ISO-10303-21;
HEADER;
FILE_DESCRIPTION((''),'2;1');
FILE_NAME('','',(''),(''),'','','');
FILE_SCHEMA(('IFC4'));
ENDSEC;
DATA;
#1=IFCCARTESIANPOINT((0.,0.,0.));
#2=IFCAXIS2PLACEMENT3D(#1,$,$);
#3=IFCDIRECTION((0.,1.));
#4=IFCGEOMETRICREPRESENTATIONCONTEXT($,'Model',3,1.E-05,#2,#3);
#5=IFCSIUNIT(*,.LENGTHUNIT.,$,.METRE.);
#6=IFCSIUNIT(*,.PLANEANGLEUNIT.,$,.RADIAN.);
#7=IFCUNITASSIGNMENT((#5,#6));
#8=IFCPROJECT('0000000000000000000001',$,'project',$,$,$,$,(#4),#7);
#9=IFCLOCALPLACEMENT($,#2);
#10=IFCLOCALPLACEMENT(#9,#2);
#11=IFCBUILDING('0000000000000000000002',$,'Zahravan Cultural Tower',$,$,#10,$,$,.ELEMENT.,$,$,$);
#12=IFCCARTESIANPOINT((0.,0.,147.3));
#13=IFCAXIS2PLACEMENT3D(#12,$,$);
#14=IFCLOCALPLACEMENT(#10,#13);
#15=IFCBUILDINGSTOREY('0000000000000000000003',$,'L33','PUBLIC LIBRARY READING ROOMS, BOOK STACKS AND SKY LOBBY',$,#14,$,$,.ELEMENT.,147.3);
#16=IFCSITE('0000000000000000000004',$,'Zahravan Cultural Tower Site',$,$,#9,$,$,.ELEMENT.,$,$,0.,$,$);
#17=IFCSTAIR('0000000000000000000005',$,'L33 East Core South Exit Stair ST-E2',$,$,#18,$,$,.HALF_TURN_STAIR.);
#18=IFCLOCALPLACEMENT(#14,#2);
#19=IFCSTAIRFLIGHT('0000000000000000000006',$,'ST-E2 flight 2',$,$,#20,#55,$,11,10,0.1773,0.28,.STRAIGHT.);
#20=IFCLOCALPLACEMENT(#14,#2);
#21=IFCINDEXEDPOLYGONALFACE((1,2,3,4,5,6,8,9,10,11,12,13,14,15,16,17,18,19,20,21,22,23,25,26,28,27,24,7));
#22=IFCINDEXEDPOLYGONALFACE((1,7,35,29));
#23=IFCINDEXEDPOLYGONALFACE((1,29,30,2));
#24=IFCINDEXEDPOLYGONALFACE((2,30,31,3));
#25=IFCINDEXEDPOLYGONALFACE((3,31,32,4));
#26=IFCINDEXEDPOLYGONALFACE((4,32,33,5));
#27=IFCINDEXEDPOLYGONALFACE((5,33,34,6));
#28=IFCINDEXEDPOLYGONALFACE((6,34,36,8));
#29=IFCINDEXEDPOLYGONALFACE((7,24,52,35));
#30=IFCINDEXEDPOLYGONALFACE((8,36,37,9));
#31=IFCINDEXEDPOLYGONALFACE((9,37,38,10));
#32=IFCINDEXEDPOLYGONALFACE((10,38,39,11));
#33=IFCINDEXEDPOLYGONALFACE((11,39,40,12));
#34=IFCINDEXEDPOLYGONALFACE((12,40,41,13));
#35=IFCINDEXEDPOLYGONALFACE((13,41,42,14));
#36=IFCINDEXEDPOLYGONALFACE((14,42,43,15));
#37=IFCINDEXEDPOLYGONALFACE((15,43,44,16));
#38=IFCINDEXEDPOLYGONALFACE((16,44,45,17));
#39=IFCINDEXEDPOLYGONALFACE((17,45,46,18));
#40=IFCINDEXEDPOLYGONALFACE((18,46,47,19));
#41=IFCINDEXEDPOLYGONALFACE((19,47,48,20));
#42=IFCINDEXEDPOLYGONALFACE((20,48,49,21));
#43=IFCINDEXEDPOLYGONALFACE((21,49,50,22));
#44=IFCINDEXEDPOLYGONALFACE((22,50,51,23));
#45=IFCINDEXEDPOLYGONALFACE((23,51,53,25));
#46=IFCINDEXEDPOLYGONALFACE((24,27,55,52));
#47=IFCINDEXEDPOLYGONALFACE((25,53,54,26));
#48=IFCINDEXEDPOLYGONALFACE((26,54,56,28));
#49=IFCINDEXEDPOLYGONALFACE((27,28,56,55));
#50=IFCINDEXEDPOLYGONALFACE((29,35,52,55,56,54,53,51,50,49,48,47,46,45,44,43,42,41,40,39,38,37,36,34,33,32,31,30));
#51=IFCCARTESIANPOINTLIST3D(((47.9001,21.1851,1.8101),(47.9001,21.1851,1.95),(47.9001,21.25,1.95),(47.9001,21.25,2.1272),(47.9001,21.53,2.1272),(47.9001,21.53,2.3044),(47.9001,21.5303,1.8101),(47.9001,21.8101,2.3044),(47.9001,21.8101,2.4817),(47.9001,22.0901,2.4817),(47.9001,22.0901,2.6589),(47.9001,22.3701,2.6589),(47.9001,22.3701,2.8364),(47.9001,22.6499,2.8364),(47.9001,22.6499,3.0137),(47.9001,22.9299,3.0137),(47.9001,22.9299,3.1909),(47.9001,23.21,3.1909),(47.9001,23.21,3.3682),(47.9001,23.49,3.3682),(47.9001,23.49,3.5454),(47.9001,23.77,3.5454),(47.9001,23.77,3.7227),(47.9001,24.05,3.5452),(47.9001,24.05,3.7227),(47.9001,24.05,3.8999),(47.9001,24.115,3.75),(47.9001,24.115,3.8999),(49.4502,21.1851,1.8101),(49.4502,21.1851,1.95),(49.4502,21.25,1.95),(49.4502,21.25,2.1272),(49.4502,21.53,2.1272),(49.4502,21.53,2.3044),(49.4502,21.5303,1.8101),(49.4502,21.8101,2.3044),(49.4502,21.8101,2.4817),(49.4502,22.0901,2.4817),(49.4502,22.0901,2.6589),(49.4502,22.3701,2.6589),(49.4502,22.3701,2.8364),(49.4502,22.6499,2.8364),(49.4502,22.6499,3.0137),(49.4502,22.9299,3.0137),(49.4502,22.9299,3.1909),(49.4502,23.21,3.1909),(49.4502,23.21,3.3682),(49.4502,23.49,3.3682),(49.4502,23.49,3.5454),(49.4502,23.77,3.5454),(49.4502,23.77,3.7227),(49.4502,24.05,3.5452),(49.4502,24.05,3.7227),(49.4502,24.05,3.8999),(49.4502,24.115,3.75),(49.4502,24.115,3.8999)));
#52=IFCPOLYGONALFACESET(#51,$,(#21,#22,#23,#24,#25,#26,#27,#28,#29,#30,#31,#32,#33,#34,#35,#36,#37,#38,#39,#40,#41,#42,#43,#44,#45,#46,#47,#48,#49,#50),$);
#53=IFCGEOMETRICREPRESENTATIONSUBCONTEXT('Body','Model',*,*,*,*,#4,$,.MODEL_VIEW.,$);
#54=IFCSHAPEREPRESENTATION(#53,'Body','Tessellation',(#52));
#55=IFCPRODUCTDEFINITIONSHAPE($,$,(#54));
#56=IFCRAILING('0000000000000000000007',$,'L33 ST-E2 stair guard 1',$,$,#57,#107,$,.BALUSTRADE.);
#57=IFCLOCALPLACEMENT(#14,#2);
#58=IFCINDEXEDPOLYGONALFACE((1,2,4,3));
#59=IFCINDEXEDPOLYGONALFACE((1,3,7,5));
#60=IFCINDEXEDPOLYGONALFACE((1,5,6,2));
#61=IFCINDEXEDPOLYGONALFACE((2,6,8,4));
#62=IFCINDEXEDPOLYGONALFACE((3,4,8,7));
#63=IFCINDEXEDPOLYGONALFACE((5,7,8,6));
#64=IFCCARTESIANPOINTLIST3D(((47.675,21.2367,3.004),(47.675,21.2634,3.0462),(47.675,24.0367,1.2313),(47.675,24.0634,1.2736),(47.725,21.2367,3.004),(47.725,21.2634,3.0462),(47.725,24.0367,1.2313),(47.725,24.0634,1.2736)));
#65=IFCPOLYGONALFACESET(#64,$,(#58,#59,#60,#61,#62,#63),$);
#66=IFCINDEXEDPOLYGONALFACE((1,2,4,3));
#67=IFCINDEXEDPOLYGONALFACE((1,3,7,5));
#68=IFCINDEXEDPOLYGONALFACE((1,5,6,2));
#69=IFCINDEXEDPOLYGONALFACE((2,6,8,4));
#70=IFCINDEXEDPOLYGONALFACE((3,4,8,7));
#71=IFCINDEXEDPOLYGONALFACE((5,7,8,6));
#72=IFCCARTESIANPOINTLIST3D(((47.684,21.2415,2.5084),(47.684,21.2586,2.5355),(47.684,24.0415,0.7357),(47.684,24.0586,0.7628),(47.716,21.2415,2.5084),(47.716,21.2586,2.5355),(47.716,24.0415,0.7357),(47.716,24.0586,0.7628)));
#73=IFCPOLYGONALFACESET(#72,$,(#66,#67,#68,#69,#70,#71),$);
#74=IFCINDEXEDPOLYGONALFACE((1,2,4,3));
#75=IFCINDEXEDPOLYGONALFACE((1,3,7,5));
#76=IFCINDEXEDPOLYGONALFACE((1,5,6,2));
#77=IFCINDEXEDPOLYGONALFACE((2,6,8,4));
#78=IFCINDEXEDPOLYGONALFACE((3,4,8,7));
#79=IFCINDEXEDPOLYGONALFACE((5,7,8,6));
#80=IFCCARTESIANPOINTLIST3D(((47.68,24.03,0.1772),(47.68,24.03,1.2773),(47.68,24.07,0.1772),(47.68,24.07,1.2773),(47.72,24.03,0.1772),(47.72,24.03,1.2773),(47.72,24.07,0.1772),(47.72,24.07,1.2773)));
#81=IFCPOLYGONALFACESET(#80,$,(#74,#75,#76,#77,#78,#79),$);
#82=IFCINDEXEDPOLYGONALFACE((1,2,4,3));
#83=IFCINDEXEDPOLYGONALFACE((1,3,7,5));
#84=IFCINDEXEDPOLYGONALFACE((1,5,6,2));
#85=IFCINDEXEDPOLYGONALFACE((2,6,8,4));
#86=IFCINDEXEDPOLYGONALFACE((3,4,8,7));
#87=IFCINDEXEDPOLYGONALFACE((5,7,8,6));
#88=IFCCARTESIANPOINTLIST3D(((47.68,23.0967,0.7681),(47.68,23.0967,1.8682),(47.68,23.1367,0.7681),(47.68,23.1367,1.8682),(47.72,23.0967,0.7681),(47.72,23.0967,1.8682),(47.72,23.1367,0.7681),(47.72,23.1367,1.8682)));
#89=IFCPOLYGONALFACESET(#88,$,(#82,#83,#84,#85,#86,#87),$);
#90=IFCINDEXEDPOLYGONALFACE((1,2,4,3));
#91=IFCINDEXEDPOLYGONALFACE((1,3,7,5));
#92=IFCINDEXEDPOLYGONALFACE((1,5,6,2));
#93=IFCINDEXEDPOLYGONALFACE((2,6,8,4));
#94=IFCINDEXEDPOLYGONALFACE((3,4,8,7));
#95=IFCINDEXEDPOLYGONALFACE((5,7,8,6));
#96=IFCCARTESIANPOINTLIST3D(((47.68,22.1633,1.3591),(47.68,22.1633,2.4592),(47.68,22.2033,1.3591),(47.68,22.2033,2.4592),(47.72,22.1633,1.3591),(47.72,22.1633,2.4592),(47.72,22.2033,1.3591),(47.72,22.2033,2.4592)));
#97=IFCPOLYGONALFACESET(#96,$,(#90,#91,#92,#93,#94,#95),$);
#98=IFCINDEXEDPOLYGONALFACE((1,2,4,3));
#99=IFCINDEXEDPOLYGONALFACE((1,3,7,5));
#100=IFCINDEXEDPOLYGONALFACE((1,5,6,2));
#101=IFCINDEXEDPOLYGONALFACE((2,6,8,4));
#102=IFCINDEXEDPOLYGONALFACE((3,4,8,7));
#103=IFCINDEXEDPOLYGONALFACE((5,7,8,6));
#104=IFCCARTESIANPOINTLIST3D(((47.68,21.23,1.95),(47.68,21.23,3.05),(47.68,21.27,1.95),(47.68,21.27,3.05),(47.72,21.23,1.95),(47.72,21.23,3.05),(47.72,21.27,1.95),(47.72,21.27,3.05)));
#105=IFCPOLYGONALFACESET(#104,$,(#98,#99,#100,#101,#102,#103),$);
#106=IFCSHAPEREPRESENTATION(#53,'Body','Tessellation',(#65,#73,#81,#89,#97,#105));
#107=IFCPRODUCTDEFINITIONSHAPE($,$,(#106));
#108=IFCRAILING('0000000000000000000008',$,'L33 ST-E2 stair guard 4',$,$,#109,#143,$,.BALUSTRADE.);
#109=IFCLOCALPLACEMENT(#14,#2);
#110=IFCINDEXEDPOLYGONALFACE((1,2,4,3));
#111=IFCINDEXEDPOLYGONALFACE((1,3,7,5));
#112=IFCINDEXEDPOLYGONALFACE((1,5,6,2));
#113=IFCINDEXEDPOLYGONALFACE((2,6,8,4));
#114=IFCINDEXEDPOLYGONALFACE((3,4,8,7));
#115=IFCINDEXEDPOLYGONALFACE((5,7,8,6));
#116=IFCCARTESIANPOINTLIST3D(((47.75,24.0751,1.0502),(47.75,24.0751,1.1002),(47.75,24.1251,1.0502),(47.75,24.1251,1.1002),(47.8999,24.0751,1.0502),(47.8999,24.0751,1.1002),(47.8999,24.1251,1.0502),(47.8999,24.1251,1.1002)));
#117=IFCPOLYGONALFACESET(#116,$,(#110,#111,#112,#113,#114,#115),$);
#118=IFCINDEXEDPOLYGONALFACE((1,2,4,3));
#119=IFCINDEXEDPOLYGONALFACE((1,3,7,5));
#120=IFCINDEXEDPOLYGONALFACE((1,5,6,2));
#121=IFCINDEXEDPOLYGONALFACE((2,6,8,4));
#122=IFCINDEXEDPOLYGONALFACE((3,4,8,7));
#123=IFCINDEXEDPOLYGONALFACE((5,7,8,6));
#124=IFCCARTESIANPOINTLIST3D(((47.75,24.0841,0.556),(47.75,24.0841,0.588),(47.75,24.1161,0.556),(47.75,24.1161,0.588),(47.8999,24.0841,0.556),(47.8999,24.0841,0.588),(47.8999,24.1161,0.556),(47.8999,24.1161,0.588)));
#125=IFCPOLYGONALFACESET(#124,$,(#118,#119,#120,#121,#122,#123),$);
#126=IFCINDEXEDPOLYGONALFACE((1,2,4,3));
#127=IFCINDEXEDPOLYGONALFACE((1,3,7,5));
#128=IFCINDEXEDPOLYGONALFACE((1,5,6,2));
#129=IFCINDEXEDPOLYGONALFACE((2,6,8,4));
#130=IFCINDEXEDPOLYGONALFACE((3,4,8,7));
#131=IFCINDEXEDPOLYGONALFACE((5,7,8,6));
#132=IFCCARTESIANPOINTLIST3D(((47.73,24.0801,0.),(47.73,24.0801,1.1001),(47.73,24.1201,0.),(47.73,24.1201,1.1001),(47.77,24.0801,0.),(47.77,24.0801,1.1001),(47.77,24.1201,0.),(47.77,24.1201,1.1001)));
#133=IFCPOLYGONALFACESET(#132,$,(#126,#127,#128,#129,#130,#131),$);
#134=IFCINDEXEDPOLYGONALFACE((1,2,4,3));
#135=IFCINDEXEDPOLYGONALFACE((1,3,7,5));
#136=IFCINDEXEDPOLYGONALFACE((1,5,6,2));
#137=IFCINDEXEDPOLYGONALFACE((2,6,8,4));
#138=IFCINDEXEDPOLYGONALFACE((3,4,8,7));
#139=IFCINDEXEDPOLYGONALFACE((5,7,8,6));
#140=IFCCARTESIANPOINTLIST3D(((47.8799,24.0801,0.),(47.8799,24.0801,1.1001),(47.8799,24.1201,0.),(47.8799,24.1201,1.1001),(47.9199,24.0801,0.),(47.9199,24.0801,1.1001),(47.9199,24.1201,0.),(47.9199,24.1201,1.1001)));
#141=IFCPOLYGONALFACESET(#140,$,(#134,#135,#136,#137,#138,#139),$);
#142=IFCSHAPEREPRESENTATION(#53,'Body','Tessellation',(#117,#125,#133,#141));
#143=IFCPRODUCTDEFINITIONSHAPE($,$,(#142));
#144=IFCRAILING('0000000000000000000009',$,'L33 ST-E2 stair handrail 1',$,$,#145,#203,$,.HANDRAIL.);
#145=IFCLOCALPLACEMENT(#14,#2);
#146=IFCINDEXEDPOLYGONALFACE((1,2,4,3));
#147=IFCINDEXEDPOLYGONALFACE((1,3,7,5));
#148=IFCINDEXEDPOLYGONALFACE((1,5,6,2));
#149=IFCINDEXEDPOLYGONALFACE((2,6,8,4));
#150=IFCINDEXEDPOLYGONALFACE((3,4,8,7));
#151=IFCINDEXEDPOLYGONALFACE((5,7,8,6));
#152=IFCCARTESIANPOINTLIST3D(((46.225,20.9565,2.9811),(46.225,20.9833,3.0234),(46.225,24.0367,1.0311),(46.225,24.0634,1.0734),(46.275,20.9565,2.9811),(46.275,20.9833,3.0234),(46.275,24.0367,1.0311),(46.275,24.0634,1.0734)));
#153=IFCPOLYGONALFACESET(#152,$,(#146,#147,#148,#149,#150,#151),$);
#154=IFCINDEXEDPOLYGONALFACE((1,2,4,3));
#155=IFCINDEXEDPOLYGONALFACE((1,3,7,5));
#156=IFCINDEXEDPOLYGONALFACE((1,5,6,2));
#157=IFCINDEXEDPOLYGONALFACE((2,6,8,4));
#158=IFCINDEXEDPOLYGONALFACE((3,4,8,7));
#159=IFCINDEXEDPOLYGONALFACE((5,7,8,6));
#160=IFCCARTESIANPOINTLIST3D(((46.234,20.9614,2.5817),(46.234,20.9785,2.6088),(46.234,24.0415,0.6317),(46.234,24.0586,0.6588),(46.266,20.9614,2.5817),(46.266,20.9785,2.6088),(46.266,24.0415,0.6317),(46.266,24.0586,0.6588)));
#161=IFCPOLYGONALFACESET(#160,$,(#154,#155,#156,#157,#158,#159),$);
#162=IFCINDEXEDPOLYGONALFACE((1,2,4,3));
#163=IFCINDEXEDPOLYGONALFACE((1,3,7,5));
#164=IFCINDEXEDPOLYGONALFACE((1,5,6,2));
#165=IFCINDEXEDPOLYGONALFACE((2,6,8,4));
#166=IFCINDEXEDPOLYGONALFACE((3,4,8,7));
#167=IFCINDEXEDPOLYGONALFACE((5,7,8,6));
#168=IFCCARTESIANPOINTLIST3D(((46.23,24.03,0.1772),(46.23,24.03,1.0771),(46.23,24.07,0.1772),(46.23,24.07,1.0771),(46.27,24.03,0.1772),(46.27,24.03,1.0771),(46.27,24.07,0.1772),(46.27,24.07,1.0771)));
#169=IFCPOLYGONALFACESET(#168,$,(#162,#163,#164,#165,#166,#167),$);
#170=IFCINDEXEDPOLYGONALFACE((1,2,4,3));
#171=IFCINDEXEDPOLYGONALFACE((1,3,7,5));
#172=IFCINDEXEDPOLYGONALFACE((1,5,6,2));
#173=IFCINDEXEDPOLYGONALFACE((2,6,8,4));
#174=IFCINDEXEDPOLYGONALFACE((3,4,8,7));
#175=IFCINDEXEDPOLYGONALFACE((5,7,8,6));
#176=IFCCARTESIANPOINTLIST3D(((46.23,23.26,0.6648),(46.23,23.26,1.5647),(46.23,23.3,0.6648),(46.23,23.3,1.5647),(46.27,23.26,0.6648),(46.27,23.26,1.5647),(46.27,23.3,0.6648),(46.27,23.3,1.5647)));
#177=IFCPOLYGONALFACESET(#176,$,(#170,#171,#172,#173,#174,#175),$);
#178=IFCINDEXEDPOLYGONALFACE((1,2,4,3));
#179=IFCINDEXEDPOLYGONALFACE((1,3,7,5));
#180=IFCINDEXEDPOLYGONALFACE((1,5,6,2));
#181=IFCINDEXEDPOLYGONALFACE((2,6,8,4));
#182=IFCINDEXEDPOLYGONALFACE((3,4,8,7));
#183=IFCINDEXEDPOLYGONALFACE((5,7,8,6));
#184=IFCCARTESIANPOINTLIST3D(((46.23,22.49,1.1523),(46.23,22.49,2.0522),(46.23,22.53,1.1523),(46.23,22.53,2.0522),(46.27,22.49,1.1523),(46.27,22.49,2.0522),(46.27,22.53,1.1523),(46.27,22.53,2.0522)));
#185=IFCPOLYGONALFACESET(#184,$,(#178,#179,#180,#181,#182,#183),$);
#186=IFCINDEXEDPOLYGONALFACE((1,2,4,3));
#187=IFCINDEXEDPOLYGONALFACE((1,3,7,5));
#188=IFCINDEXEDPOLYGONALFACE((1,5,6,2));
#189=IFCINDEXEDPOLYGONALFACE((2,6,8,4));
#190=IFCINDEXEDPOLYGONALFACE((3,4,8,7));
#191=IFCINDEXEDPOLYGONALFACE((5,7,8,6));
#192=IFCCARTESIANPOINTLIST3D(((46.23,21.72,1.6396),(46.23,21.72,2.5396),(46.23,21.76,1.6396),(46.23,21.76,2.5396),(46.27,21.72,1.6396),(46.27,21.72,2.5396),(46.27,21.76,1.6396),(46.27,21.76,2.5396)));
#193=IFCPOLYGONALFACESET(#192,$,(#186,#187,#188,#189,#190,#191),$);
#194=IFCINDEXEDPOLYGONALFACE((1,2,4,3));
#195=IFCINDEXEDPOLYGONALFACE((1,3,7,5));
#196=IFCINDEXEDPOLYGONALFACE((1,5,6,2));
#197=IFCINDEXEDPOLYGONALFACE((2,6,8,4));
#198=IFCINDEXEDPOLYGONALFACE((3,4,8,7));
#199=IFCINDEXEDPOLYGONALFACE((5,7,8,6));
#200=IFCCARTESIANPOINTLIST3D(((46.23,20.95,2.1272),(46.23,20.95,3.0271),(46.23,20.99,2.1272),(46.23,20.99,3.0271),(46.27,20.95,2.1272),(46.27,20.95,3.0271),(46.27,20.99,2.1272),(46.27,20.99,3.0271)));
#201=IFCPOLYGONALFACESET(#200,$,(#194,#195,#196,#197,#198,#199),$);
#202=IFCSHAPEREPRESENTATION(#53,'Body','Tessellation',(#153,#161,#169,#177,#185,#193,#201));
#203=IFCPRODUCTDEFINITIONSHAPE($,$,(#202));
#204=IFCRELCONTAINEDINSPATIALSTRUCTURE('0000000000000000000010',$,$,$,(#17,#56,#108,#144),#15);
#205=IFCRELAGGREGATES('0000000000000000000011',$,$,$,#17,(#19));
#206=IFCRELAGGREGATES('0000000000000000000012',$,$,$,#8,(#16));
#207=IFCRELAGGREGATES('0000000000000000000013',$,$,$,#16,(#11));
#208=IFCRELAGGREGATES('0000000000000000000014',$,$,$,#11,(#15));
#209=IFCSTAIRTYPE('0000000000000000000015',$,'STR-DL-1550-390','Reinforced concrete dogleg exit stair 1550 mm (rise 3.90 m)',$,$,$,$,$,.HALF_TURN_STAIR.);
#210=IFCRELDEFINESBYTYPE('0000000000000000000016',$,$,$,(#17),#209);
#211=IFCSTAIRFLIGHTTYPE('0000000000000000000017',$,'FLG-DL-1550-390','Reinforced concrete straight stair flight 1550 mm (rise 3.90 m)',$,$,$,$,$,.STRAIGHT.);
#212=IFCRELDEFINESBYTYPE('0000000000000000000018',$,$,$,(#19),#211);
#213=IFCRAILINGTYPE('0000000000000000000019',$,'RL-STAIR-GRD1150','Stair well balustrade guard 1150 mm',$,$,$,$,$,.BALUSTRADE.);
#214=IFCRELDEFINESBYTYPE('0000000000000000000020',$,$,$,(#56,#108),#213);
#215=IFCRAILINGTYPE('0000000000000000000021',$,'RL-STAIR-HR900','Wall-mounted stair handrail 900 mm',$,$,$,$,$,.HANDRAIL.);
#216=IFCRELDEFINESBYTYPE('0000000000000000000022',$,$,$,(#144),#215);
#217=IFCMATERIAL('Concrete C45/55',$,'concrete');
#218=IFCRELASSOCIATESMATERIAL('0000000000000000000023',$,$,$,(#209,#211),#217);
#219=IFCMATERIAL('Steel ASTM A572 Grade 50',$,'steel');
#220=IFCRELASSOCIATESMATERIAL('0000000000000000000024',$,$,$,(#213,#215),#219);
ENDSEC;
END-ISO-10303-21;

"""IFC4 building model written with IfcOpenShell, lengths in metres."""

from ifc_helpers import new_model, si_unit, direction, frame, origin, origin_2d, place, context, subcontext, project, spatial, polyline, rectangle, outline, extrude, material, type_object, element, aggregate, save


model = new_model("IFC4")

# Units and contexts
model_context = context("Model", 3, precision=1e-05, world=origin(), true_north=direction((0.0, 1.0)))
body_context = subcontext(model_context, "Body", "Model", "MODEL_VIEW")
ifc_project = project(units=[si_unit("LENGTHUNIT", "METRE"), si_unit("PLANEANGLEUNIT", "RADIAN")], contexts=[model_context])

# Site, building, storey
site_placement = place(None, origin())
site = spatial("IfcSite", under=ifc_project, at=site_placement, Name="Zahravan Cultural Tower Site", CompositionType="ELEMENT", RefElevation=0.0)
building_placement = place(site_placement, origin())
building = spatial("IfcBuilding", under=site, at=building_placement, Name="Zahravan Cultural Tower", CompositionType="ELEMENT")
storey_placement = place(building_placement, frame((0.0, 0.0, 147.3)))
storey = spatial("IfcBuildingStorey", under=building, at=storey_placement, Name="L33", Description="PUBLIC LIBRARY READING ROOMS, BOOK STACKS AND SKY LOBBY", CompositionType="ELEMENT", Elevation=147.3)

# Shared definitions
ifc_material_1 = material(Name="Concrete C45/55", Category="concrete")

# Stair, stair flight
stair_type = type_object("IfcStairType", Name="STR-DL-1550-390", Description="Reinforced concrete dogleg exit stair 1550 mm (rise 3.90 m)", PredefinedType="HALF_TURN_STAIR", material=ifc_material_1)
stair_placement = place(storey_placement, origin())
stair = element("IfcStair", 1, at=stair_placement, inside=storey, type_object=stair_type, Name="L33 East Core South Exit Stair ST-E2", PredefinedType="HALF_TURN_STAIR")
stair_flight_type = type_object("IfcStairFlightType", Name="FLG-DL-1550-390", Description="Reinforced concrete straight stair flight 1550 mm (rise 3.90 m)", PredefinedType="STRAIGHT", material=ifc_material_1)
stair_flight_1_placement = place(storey_placement, frame((48.675, 21.25, 1.95), z_axis=(0.0, 0.0, 1.0), x_axis=(0.0, 1.0, 0.0)))
stair_flight_1 = element("IfcStairFlight", 2, at=stair_flight_1_placement, type_object=stair_flight_type, Name="ST-E2 flight 2", NumberOfRisers=11, NumberOfTreads=10, PredefinedType="STRAIGHT", RiserHeight=0.1773, TreadLength=0.28, context=body_context, shape_type="SweptSolid", body=[
    extrude(outline(polyline([(-0.0649, -0.1399), (-0.0649, 0.0), (0.0, 0.0), (0.0, 0.1772), (0.28, 0.1772), (0.28, 0.3545), (0.5601, 0.3545), (0.5601, 0.5317), (0.8401, 0.5317), (0.8401, 0.709), (1.1201, 0.709), (1.1201, 0.8865), (1.3999, 0.8865), (1.3999, 1.0637), (1.6799, 1.0637), (1.6799, 1.241), (1.96, 1.241), (1.96, 1.4182), (2.24, 1.4182), (2.24, 1.5955), (2.52, 1.5955), (2.52, 1.7727), (2.8, 1.7727), (2.8, 1.95), (2.865, 1.95), (2.865, 1.8), (2.8, 1.5952), (0.2803, -0.1399), (-0.0649, -0.1399)])), frame((0.0, 0.7749, 0.0), z_axis=(0.0, -1.0, 0.0), x_axis=(1.0, 0.0, 0.0)), (0.0, 0.0, 1.0), 1.55),
])
aggregate(stair, [stair_flight_1])

# Railings
ifc_material_2 = material(Name="Steel ASTM A572 Grade 50", Category="steel")
railing_type_1 = type_object("IfcRailingType", Name="RL-STAIR-GRD1150", Description="Stair well balustrade guard 1150 mm", PredefinedType="BALUSTRADE", material=ifc_material_2)
railing_1_placement = place(storey_placement, frame((47.7, 24.05, 0.1772)))
element("IfcRailing", 3, at=railing_1_placement, inside=storey, type_object=railing_type_1, Name="L33 ST-E2 stair guard 1", PredefinedType="BALUSTRADE", context=body_context, shape_type="SweptSolid", body=[
    extrude(rectangle(XDim=0.05, YDim=0.05, at=origin_2d()), frame((0.0, 0.0, 1.0752), z_axis=(0.0, -0.844909, 0.53491), x_axis=(1.0, 0.0, 0.0)), (0.0, 0.0, 1.0), 3.314),
    extrude(rectangle(XDim=0.032, YDim=0.032, at=origin_2d()), frame((0.0, 0.0, 0.572), z_axis=(0.0, -0.844909, 0.53491), x_axis=(1.0, 0.0, 0.0)), (0.0, 0.0, 1.0), 3.314),
    extrude(rectangle(XDim=0.04, YDim=0.04, at=origin_2d()), origin(), (0.0, 0.0, 1.0), 1.1001),
    extrude(rectangle(XDim=0.04, YDim=0.04, at=origin_2d()), frame((0.0, -0.9333, 0.5908)), (0.0, 0.0, 1.0), 1.1001),
    extrude(rectangle(XDim=0.04, YDim=0.04, at=origin_2d()), frame((0.0, -1.8667, 1.1819)), (0.0, 0.0, 1.0), 1.1001),
    extrude(rectangle(XDim=0.04, YDim=0.04, at=origin_2d()), frame((0.0, -2.8, 1.7727)), (0.0, 0.0, 1.0), 1.1001),
])
railing_2_placement = place(storey_placement, frame((47.75, 24.1001, 0.0)))
element("IfcRailing", 4, at=railing_2_placement, inside=storey, type_object=railing_type_1, Name="L33 ST-E2 stair guard 4", PredefinedType="BALUSTRADE", context=body_context, shape_type="SweptSolid", body=[
    extrude(rectangle(XDim=0.05, YDim=0.05, at=origin_2d()), frame((0.0, 0.0, 1.0752), z_axis=(1.0, 0.0, 0.0), x_axis=(0.0, 1.0, 0.0)), (0.0, 0.0, 1.0), 0.1499),
    extrude(rectangle(XDim=0.032, YDim=0.032, at=origin_2d()), frame((0.0, 0.0, 0.572), z_axis=(1.0, 0.0, 0.0), x_axis=(0.0, 1.0, 0.0)), (0.0, 0.0, 1.0), 0.1499),
    extrude(rectangle(XDim=0.04, YDim=0.04, at=origin_2d()), origin(), (0.0, 0.0, 1.0), 1.1001),
    extrude(rectangle(XDim=0.04, YDim=0.04, at=origin_2d()), frame((0.1499, 0.0, 0.0)), (0.0, 0.0, 1.0), 1.1001),
])
railing_type_2 = type_object("IfcRailingType", Name="RL-STAIR-HR900", Description="Wall-mounted stair handrail 900 mm", PredefinedType="HANDRAIL", material=ifc_material_2)
railing_3_placement = place(storey_placement, frame((46.25, 24.05, 0.1772)))
element("IfcRailing", 5, at=railing_3_placement, inside=storey, type_object=railing_type_2, Name="L33 ST-E2 stair handrail 1", PredefinedType="HANDRAIL", context=body_context, shape_type="SweptSolid", body=[
    extrude(rectangle(XDim=0.05, YDim=0.05, at=origin_2d()), frame((0.0, 0.0, 0.875), z_axis=(0.0, -0.844914, 0.534902), x_axis=(1.0, 0.0, 0.0)), (0.0, 0.0, 1.0), 3.6455),
    extrude(rectangle(XDim=0.032, YDim=0.032, at=origin_2d()), frame((0.0, 0.0, 0.468), z_axis=(0.0, -0.844914, 0.534902), x_axis=(1.0, 0.0, 0.0)), (0.0, 0.0, 1.0), 3.6455),
    extrude(rectangle(XDim=0.04, YDim=0.04, at=origin_2d()), origin(), (0.0, 0.0, 1.0), 0.8999),
    extrude(rectangle(XDim=0.04, YDim=0.04, at=origin_2d()), frame((0.0, -0.77, 0.4875)), (0.0, 0.0, 1.0), 0.8999),
    extrude(rectangle(XDim=0.04, YDim=0.04, at=origin_2d()), frame((0.0, -1.54, 0.9751)), (0.0, 0.0, 1.0), 0.8999),
    extrude(rectangle(XDim=0.04, YDim=0.04, at=origin_2d()), frame((0.0, -2.3101, 1.4624)), (0.0, 0.0, 1.0), 0.8999),
    extrude(rectangle(XDim=0.04, YDim=0.04, at=origin_2d()), frame((0.0, -3.0801, 1.95)), (0.0, 0.0, 1.0), 0.8999),
])

save(model, "model.ifc")
